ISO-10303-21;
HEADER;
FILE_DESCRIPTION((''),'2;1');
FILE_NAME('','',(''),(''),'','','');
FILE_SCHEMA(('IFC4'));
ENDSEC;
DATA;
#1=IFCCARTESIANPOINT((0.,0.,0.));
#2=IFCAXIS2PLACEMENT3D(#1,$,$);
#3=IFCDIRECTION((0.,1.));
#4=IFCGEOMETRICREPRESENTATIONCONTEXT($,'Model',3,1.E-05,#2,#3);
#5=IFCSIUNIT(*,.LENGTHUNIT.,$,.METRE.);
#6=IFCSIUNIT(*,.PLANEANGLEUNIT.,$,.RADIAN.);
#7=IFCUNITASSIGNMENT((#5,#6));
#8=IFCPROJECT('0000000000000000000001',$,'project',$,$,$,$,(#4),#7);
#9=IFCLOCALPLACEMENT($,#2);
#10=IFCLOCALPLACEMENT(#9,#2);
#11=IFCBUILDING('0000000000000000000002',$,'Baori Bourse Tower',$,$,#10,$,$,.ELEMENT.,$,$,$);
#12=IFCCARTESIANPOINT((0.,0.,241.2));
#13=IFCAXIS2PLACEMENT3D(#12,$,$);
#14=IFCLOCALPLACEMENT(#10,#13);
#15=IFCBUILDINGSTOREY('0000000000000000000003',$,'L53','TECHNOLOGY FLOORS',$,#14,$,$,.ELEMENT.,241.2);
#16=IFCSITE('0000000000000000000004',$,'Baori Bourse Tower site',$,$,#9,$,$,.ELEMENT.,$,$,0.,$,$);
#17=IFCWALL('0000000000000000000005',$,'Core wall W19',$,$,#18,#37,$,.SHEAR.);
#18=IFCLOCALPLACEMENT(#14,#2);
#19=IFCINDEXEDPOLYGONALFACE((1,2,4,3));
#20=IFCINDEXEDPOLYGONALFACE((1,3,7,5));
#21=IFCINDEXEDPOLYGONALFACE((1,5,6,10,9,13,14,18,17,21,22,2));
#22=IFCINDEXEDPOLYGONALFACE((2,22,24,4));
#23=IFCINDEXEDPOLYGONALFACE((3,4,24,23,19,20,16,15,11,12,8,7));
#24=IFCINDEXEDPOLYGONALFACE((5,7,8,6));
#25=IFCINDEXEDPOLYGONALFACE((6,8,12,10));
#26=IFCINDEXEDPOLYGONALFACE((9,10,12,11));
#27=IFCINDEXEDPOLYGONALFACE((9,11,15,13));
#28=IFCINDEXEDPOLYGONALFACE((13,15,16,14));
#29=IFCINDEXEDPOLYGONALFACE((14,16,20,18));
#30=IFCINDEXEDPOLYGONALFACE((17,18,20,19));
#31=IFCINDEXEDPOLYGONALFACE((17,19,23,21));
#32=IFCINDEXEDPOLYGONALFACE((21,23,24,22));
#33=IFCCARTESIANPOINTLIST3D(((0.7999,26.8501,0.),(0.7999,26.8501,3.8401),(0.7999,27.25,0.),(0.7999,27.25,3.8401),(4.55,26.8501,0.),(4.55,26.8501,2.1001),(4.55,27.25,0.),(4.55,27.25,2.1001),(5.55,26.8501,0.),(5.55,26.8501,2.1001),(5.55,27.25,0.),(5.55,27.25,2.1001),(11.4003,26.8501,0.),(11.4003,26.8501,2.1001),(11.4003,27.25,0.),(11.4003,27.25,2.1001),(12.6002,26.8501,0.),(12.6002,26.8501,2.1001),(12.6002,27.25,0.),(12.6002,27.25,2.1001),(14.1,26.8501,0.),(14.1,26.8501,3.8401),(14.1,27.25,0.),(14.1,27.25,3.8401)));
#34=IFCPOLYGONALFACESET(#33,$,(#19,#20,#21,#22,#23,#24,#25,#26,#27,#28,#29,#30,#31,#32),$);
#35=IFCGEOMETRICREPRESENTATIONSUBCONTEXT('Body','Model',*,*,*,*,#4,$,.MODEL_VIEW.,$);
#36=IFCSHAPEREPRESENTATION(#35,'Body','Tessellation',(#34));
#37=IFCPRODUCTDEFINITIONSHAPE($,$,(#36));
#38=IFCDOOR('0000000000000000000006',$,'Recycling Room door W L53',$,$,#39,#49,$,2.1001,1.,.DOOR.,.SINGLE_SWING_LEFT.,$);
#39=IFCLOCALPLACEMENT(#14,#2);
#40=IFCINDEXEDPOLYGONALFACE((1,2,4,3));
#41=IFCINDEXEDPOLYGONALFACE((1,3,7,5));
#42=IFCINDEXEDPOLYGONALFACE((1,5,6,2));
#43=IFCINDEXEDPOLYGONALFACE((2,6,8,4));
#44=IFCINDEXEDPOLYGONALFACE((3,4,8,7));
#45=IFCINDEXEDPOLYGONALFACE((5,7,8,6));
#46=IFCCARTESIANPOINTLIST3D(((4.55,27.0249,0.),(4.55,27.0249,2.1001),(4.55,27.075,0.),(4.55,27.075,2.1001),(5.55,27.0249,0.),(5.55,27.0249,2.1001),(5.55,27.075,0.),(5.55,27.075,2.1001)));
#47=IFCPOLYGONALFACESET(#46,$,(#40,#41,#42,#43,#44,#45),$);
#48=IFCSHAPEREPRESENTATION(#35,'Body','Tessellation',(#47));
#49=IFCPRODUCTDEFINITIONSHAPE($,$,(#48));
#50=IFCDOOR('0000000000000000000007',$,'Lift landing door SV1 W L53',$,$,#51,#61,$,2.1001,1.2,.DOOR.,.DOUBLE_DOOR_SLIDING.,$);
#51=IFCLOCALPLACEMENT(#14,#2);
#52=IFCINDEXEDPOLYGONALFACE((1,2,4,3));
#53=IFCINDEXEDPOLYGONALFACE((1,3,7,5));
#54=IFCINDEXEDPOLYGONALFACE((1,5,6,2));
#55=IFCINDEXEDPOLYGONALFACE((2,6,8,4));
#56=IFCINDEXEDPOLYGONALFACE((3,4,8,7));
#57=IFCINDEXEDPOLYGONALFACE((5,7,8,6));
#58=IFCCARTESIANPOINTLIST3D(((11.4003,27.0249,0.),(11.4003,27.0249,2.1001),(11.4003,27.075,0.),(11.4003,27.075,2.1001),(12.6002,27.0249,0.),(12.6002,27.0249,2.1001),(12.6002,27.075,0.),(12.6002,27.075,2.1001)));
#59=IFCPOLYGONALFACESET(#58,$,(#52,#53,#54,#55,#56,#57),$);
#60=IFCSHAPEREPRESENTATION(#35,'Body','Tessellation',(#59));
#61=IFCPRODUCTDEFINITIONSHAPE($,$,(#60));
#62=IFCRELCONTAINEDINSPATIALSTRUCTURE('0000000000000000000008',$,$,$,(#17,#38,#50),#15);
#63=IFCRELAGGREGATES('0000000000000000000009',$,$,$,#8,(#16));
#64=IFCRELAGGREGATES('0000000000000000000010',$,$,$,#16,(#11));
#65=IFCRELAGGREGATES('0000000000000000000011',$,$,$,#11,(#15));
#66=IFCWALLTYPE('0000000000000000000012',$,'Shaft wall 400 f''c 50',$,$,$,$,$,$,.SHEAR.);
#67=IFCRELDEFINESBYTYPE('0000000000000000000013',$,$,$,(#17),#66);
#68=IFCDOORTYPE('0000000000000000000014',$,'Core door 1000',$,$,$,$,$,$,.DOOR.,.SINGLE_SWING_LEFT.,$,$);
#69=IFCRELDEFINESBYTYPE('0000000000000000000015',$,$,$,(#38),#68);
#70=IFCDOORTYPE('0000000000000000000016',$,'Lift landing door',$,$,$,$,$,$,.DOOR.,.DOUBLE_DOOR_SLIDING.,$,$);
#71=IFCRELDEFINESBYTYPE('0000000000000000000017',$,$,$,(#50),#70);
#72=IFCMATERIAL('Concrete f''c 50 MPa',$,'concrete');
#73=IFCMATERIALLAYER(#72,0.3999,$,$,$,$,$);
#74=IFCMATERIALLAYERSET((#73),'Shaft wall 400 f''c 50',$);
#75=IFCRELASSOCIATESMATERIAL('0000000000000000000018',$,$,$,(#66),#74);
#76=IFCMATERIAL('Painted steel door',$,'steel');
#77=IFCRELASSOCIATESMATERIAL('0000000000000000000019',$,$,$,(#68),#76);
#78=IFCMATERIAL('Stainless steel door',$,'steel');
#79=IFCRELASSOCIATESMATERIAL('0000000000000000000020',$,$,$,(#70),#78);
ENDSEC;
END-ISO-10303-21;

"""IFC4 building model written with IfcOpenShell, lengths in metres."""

from ifc_helpers import new_model, si_unit, direction, frame, frame_2d, origin, place, context, subcontext, project, spatial, rectangle, extrude, material, layer, layer_set, type_object, element, fill, save


model = new_model("IFC4")

# Units and contexts
model_context = context("Model", 3, precision=1e-05, world=origin(), true_north=direction((0.0, 1.0)))
body_context = subcontext(model_context, "Body", "Model", "MODEL_VIEW")
ifc_project = project(units=[si_unit("LENGTHUNIT", "METRE"), si_unit("PLANEANGLEUNIT", "RADIAN")], contexts=[model_context])

# Site, building, storey
site_placement = place(None, origin())
site = spatial("IfcSite", under=ifc_project, at=site_placement, Name="Baori Bourse Tower site", CompositionType="ELEMENT", RefElevation=0.0)
building_placement = place(site_placement, origin())
building = spatial("IfcBuilding", under=site, at=building_placement, Name="Baori Bourse Tower", CompositionType="ELEMENT")
storey_placement = place(building_placement, frame((0.0, 0.0, 241.2)))
storey = spatial("IfcBuildingStorey", under=building, at=storey_placement, Name="L53", Description="TECHNOLOGY FLOORS", CompositionType="ELEMENT", Elevation=241.2)

# Wall, openings, doors
ifc_material_1 = material(Name="Concrete f'c 50 MPa", Category="concrete")
ifc_layer_1 = layer(ifc_material_1, 0.3999)
ifc_layer_set_1 = layer_set([ifc_layer_1], Name="Shaft wall 400 f'c 50")
wall_type_1 = type_object("IfcWallType", Name="Shaft wall 400 f'c 50", PredefinedType="SHEAR", material=ifc_layer_set_1)
wall_1_placement = place(storey_placement, frame((0.8, 27.05, 0.0), z_axis=(0.0, 0.0, 1.0), x_axis=(1.0, 0.0, 0.0)))
wall_1 = element("IfcWall", 1, at=wall_1_placement, inside=storey, type_object=wall_type_1, Name="Core wall W19", PredefinedType="SHEAR", context=body_context, shape_type="SweptSolid", body=[
    extrude(rectangle(XDim=13.3, YDim=0.3999, at=frame_2d((6.6499, 0.0))), origin(), (0.0, 0.0, 1.0), 3.8401),
])
opening_1_placement = place(wall_1_placement, frame((3.75, 0.0, 0.0)))
opening_1 = element("IfcOpeningElement", 2, at=opening_1_placement, cuts=wall_1, PredefinedType="OPENING", context=body_context, shape_type="SweptSolid", body=[
    extrude(rectangle(XDim=1.0, YDim=2.1001, at=frame_2d((0.5, 1.05))), frame((0.0, 0.21, 0.0), z_axis=(0.0, -1.0, 0.0), x_axis=(1.0, 0.0, 0.0)), (0.0, 0.0, 1.0), 0.4199),
])
opening_2_placement = place(wall_1_placement, frame((10.6001, 0.0, 0.0)))
opening_2 = element("IfcOpeningElement", 3, at=opening_2_placement, cuts=wall_1, PredefinedType="OPENING", context=body_context, shape_type="SweptSolid", body=[
    extrude(rectangle(XDim=1.2, YDim=2.1001, at=frame_2d((0.6001, 1.05))), frame((0.0, 0.21, 0.0), z_axis=(0.0, -1.0, 0.0), x_axis=(1.0, 0.0, 0.0)), (0.0, 0.0, 1.0), 0.4199),
])
ifc_material_2 = material(Name="Painted steel door", Category="steel")
door_type_1 = type_object("IfcDoorType", Name="Core door 1000", OperationType="SINGLE_SWING_LEFT", PredefinedType="DOOR", material=ifc_material_2)
door_1_placement = place(opening_1_placement, origin())
door_1 = element("IfcDoor", 4, at=door_1_placement, inside=storey, type_object=door_type_1, Name="Recycling Room door W L53", OperationType="SINGLE_SWING_LEFT", OverallHeight=2.1001, OverallWidth=1.0, PredefinedType="DOOR", context=body_context, shape_type="SweptSolid", body=[
    extrude(rectangle(XDim=1.0, YDim=2.1001, at=frame_2d((0.5, 1.05))), frame((0.0, 0.0249, 0.0), z_axis=(0.0, -1.0, 0.0), x_axis=(1.0, 0.0, 0.0)), (0.0, 0.0, 1.0), 0.05),
])
fill(opening_1, door_1)
ifc_material_3 = material(Name="Stainless steel door", Category="steel")
door_type_2 = type_object("IfcDoorType", Name="Lift landing door", OperationType="DOUBLE_DOOR_SLIDING", PredefinedType="DOOR", material=ifc_material_3)
door_2_placement = place(opening_2_placement, origin())
door_2 = element("IfcDoor", 5, at=door_2_placement, inside=storey, type_object=door_type_2, Name="Lift landing door SV1 W L53", OperationType="DOUBLE_DOOR_SLIDING", OverallHeight=2.1001, OverallWidth=1.2, PredefinedType="DOOR", context=body_context, shape_type="SweptSolid", body=[
    extrude(rectangle(XDim=1.2, YDim=2.1001, at=frame_2d((0.6001, 1.05))), frame((0.0, 0.0249, 0.0), z_axis=(0.0, -1.0, 0.0), x_axis=(1.0, 0.0, 0.0)), (0.0, 0.0, 1.0), 0.05),
])
fill(opening_2, door_2)

save(model, "model.ifc")
